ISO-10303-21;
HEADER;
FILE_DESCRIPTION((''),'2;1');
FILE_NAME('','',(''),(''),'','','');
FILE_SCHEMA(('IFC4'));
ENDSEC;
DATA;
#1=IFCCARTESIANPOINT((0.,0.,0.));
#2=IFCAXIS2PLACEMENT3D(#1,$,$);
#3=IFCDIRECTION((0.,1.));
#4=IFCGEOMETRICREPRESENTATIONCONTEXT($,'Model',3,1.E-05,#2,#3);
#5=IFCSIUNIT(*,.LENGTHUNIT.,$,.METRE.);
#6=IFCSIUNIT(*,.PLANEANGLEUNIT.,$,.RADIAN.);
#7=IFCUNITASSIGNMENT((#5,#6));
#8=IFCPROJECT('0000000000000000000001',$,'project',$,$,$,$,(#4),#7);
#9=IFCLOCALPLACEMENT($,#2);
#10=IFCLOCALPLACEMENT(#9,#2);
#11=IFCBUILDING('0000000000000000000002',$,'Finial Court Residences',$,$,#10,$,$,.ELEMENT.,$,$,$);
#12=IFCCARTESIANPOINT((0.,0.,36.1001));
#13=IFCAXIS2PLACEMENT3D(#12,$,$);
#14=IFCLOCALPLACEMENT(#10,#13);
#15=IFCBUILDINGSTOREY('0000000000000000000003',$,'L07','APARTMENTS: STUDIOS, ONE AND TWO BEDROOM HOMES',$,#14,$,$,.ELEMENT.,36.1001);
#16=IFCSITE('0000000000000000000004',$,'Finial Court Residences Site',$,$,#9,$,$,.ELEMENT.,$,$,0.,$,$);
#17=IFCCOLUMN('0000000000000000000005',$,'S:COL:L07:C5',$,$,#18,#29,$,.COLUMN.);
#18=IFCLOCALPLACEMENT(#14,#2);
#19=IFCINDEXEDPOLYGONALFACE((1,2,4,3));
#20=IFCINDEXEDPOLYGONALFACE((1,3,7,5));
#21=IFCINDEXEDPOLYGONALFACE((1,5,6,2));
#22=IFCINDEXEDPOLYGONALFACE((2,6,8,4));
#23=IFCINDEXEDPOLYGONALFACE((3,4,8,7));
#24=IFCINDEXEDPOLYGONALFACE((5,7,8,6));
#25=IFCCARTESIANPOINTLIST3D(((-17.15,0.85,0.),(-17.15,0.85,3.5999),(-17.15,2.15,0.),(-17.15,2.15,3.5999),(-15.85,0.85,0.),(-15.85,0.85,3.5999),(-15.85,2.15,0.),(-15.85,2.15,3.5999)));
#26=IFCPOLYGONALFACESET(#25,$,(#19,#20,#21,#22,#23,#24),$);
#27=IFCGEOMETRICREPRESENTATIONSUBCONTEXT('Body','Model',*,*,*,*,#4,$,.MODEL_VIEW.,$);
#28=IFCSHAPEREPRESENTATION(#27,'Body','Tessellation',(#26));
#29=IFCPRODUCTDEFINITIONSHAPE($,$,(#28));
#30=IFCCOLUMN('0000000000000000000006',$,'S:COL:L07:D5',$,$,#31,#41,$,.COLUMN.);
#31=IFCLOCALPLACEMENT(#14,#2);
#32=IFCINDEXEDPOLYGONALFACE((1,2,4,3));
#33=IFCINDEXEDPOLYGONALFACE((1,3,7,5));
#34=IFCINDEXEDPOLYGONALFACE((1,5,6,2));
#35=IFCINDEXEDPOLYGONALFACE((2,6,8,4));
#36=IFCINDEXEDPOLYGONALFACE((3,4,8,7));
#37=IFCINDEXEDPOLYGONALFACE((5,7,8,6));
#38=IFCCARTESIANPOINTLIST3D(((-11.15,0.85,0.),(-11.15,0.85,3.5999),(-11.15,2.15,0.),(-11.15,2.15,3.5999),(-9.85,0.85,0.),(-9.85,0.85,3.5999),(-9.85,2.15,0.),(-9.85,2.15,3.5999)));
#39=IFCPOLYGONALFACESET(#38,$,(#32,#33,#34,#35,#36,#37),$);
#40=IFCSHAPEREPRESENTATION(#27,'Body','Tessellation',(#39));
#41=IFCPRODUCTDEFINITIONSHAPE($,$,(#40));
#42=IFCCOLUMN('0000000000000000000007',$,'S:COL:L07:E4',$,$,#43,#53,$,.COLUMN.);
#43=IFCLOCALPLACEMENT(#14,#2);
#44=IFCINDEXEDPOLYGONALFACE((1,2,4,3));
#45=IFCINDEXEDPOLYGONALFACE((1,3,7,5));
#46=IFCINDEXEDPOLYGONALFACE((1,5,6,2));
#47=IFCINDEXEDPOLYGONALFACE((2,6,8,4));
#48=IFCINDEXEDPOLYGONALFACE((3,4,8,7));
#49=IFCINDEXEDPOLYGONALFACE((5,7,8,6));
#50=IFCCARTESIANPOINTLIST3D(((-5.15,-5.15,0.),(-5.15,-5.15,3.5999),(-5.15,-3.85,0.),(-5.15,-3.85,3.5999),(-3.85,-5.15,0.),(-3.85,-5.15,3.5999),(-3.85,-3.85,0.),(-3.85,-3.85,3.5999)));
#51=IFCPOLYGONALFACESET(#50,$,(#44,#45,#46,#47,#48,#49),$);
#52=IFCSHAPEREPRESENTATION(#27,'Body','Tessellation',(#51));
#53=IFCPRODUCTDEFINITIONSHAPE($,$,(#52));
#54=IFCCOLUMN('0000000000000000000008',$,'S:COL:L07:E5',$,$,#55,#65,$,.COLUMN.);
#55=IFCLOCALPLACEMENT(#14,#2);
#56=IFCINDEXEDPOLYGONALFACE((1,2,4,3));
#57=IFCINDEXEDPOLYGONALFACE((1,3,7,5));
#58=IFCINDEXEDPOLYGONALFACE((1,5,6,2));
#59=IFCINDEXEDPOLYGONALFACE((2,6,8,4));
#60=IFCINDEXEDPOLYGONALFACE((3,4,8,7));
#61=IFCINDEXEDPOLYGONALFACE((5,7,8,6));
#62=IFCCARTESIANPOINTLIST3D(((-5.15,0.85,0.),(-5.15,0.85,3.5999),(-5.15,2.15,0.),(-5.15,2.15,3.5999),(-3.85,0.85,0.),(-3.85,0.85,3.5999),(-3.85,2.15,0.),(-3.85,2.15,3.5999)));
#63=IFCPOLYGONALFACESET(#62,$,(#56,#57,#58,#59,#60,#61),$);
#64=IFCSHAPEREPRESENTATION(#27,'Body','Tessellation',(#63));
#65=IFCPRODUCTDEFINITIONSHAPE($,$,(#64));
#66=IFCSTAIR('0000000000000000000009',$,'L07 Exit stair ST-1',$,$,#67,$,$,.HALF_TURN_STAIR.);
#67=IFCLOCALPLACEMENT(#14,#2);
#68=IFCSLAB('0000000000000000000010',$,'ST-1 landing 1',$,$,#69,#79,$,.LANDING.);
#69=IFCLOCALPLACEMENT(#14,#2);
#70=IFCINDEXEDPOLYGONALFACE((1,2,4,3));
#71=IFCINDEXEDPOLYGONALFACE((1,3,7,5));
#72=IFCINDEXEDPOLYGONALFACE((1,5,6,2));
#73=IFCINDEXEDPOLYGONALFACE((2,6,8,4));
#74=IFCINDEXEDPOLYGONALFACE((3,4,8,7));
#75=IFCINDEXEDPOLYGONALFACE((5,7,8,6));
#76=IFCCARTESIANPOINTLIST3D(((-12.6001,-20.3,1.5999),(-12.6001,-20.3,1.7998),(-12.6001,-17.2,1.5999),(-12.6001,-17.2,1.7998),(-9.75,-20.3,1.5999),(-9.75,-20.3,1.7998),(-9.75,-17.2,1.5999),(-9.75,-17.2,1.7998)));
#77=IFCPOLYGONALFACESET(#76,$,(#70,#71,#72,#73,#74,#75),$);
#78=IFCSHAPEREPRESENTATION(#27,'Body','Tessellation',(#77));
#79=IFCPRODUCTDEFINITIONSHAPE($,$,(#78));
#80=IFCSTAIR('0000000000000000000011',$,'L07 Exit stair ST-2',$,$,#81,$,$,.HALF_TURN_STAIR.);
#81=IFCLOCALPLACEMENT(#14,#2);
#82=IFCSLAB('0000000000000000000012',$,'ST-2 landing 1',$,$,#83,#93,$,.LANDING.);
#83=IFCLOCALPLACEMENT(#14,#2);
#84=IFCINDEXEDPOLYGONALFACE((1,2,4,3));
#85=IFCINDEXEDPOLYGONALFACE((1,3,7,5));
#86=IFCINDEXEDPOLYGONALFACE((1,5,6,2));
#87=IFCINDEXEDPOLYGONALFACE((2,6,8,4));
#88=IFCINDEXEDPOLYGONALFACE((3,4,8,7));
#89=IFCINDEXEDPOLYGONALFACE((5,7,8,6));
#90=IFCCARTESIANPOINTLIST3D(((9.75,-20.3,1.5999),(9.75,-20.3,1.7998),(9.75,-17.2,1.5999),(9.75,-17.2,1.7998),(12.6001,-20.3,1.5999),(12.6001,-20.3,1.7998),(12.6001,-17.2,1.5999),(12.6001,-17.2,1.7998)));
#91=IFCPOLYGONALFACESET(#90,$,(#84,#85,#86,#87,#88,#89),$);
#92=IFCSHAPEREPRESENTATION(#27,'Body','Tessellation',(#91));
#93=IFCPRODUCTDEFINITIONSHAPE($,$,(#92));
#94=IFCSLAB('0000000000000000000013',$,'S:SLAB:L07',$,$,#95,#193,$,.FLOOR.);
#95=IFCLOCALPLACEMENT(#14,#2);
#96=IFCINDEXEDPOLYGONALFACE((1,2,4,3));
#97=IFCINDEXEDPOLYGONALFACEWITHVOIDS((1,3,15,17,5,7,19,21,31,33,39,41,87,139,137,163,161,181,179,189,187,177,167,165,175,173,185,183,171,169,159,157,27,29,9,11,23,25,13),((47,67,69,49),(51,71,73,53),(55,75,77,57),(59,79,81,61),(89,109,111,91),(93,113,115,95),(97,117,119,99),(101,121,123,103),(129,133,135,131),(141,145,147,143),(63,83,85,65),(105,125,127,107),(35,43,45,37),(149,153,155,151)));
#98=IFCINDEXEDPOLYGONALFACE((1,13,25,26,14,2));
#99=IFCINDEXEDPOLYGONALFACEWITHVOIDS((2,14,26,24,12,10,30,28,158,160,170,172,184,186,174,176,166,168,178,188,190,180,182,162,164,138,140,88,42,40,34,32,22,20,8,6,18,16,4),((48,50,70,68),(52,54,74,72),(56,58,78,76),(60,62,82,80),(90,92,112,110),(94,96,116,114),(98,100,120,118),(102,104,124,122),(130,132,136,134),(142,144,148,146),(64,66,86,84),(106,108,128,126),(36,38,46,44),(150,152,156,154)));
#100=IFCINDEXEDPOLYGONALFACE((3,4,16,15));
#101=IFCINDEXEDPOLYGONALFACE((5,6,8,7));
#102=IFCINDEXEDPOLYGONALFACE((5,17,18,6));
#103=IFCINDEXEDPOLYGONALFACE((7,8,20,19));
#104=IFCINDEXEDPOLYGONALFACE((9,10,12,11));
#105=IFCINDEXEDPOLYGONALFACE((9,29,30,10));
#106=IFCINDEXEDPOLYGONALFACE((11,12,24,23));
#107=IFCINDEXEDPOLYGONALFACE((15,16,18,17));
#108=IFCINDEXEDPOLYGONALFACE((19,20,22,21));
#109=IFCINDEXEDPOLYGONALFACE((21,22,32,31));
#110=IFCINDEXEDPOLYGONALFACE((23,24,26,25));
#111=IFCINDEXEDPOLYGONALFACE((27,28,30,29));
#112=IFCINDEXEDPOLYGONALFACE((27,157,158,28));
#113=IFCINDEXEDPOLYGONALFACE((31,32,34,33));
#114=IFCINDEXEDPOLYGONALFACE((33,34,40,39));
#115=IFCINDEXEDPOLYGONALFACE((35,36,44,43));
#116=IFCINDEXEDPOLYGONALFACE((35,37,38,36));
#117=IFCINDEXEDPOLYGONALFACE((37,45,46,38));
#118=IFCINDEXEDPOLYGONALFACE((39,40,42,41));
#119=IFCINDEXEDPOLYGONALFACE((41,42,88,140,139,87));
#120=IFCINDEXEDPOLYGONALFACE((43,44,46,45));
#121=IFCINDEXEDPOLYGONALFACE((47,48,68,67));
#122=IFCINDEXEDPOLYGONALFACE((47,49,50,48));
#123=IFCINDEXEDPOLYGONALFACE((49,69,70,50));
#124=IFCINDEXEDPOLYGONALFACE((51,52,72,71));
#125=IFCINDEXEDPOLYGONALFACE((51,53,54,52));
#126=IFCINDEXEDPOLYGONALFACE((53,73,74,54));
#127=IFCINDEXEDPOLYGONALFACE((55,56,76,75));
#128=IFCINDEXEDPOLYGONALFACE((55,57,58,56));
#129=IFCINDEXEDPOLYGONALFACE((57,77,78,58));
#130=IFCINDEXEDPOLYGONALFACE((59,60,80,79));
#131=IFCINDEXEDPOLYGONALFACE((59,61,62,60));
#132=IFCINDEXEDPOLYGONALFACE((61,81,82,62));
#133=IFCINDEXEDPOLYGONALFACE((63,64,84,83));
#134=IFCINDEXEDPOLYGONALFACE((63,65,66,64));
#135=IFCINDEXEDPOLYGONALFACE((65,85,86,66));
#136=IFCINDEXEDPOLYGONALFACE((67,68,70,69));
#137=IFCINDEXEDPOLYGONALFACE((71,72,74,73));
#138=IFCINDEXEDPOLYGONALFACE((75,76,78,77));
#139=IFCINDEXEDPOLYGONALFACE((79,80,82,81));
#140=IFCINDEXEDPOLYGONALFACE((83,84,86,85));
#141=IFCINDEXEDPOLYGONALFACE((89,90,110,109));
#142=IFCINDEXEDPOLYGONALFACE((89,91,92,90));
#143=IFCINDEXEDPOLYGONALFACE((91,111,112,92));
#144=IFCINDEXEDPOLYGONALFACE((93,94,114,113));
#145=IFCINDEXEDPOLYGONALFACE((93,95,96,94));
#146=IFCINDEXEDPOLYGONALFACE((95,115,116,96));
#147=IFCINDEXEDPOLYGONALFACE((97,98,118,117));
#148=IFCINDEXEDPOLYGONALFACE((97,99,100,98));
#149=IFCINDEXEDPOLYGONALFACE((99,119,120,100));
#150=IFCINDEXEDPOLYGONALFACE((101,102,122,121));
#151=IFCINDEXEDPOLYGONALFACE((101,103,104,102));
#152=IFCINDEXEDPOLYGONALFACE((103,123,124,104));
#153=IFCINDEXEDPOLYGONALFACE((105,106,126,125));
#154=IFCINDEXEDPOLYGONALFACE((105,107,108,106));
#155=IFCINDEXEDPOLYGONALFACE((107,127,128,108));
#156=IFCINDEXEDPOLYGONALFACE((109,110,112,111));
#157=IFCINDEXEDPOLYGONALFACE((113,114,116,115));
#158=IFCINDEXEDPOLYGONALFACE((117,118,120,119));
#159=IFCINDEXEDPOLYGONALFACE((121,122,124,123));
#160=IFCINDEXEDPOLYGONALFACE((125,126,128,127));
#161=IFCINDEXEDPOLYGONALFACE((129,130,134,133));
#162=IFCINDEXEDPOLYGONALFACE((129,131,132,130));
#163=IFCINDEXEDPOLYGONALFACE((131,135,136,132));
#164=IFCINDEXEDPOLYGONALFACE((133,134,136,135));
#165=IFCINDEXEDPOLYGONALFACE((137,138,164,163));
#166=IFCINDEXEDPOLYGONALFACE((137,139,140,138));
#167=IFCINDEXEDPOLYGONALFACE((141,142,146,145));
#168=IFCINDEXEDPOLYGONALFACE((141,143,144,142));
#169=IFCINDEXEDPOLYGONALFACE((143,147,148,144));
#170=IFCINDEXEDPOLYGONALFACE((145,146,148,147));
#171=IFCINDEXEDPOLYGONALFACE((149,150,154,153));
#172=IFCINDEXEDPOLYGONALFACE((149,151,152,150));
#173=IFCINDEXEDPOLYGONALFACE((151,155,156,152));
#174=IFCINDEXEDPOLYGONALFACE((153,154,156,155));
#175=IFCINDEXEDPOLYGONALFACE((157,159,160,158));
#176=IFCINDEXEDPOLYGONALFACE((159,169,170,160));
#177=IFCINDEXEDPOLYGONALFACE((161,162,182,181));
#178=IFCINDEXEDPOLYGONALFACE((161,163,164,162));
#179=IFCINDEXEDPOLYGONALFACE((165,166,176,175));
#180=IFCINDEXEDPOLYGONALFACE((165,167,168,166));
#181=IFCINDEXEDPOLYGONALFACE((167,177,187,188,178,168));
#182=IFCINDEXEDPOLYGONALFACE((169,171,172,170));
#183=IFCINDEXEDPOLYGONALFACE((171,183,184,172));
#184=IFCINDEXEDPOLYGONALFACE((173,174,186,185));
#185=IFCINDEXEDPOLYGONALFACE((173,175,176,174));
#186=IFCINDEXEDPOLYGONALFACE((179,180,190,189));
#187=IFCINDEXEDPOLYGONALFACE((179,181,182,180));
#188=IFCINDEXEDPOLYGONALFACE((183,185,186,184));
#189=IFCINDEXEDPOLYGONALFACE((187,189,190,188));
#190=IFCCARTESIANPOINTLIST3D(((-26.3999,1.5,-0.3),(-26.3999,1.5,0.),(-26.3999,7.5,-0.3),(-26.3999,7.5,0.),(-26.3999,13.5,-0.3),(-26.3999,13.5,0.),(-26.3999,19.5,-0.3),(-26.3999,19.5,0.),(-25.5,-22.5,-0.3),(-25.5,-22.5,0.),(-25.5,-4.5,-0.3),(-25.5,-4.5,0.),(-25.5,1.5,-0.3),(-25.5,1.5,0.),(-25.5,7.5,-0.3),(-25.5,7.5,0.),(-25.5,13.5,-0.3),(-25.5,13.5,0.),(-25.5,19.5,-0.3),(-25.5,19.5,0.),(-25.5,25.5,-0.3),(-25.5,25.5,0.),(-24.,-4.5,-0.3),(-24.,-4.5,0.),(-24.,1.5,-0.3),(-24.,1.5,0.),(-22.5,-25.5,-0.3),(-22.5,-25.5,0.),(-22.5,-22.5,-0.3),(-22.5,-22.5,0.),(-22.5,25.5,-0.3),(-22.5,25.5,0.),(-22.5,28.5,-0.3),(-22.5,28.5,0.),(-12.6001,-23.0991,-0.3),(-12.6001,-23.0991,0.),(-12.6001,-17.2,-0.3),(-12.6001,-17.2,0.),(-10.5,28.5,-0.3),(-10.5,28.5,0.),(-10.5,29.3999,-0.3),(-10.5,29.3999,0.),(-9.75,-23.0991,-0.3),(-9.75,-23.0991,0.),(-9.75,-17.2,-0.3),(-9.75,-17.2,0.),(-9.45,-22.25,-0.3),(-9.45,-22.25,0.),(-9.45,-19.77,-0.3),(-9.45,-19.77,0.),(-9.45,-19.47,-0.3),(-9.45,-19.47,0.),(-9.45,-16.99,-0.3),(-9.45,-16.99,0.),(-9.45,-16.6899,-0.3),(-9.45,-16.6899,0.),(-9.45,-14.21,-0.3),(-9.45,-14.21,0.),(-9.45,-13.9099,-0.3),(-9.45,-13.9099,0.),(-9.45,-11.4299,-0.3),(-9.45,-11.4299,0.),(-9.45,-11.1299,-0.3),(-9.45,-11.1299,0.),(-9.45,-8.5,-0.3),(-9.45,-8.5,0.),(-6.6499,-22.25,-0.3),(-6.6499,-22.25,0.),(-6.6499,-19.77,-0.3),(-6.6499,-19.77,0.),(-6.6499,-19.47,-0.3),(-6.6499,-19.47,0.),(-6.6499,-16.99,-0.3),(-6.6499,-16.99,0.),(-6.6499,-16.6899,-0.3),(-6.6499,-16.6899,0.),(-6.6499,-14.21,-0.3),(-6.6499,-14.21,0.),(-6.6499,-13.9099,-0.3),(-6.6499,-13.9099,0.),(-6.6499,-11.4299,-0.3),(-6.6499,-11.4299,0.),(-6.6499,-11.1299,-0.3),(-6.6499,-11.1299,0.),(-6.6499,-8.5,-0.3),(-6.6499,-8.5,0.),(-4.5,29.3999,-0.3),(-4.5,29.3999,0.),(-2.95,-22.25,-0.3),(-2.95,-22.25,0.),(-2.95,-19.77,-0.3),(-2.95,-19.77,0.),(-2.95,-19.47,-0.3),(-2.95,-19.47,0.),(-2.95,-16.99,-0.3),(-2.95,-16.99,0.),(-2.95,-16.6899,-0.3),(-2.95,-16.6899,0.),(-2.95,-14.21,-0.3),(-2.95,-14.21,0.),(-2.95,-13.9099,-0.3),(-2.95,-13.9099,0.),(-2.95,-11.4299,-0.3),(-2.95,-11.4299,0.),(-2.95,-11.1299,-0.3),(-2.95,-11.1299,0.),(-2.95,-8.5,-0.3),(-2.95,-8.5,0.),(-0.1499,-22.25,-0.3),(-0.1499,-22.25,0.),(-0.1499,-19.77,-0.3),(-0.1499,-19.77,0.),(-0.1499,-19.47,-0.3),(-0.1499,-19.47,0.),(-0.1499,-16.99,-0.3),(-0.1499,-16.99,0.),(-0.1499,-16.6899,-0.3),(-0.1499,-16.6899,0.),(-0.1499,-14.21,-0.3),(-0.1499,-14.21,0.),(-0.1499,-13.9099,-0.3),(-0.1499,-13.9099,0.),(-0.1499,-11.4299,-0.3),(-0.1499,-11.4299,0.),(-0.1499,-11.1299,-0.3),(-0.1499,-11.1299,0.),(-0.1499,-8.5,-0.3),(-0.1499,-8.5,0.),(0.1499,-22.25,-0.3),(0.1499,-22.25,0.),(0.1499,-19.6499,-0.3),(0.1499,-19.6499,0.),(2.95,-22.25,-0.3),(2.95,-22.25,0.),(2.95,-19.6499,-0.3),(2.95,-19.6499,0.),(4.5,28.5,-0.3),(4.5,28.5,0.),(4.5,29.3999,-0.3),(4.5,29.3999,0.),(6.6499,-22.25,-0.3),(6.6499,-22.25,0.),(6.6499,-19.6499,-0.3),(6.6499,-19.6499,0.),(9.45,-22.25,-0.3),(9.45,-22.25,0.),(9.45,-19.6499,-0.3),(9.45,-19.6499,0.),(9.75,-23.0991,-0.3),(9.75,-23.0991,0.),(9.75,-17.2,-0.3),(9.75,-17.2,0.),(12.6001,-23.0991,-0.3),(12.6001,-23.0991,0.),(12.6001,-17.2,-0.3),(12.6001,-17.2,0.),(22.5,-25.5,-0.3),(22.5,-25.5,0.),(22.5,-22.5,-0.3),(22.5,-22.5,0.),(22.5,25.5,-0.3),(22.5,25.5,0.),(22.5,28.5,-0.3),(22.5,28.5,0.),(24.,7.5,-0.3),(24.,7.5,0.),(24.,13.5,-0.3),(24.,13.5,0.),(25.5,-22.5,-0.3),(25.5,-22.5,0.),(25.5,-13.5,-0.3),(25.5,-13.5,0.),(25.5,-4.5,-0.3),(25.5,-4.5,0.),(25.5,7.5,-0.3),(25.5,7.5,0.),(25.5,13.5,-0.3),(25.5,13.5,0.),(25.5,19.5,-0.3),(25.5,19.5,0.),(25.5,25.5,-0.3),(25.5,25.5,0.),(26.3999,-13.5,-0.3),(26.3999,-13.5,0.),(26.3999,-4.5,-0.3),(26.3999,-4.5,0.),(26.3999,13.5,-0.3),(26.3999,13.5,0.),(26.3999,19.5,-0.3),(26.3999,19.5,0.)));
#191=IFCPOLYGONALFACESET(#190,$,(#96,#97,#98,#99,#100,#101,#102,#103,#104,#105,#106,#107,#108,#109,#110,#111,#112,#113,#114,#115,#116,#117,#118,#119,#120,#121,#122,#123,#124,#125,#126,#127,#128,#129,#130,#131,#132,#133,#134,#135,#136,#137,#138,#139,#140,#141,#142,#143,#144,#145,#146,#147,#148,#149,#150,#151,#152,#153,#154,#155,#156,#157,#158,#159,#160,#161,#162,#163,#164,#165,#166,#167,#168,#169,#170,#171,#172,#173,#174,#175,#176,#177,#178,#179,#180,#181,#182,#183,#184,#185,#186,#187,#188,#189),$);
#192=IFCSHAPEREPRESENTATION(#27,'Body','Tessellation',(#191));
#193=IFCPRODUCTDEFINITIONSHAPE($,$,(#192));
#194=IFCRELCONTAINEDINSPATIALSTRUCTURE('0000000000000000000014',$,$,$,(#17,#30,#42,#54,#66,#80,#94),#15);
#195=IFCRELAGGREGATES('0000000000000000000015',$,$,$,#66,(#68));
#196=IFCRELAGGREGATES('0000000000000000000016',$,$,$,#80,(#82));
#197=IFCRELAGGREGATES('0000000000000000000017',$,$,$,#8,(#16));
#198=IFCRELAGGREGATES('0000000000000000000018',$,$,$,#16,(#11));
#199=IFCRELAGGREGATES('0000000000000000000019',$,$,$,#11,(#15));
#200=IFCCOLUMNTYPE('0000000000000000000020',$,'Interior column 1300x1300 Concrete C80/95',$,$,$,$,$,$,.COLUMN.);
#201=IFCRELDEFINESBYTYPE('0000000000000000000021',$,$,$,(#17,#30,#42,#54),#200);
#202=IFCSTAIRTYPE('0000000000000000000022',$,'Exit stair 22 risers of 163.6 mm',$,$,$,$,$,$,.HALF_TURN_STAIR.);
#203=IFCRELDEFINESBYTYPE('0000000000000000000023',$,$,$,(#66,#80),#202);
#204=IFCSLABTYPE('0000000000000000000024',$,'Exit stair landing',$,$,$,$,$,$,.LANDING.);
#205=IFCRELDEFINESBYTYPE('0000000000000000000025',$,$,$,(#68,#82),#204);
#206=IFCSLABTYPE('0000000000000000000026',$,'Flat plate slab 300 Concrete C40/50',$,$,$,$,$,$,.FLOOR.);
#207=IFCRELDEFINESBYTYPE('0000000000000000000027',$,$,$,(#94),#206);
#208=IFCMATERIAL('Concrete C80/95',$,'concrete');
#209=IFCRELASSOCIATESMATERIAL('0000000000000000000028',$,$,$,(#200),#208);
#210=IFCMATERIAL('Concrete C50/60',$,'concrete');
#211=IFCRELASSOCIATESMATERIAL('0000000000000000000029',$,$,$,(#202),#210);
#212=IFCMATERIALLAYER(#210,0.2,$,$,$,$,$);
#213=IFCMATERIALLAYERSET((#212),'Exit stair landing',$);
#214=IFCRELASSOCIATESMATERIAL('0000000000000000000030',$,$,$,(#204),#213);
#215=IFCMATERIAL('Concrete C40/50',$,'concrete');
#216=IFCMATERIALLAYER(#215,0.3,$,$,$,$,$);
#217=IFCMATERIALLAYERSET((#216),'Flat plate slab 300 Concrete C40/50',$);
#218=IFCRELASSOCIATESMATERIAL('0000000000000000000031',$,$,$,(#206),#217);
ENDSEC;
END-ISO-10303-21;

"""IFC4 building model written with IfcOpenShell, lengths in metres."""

from ifc_helpers import new_model, si_unit, direction, frame, origin, origin_2d, place, context, subcontext, project, spatial, polyline, rectangle, outline, extrude, material, layer, layer_set, material_profile, profile_set, type_object, element, aggregate, save


model = new_model("IFC4")

# Units and contexts
model_context = context("Model", 3, precision=1e-05, world=origin(), true_north=direction((0.0, 1.0)))
body_context = subcontext(model_context, "Body", "Model", "MODEL_VIEW")
ifc_project = project(units=[si_unit("LENGTHUNIT", "METRE"), si_unit("PLANEANGLEUNIT", "RADIAN")], contexts=[model_context])

# Site, building, storey
site_placement = place(None, origin())
site = spatial("IfcSite", under=ifc_project, at=site_placement, Name="Finial Court Residences Site", CompositionType="ELEMENT", RefElevation=0.0)
building_placement = place(site_placement, origin())
building = spatial("IfcBuilding", under=site, at=building_placement, Name="Finial Court Residences", CompositionType="ELEMENT")
storey_placement = place(building_placement, frame((0.0, 0.0, 36.1001)))
storey = spatial("IfcBuildingStorey", under=building, at=storey_placement, Name="L07", Description="APARTMENTS: STUDIOS, ONE AND TWO BEDROOM HOMES", CompositionType="ELEMENT", Elevation=36.1001)

# Columns
ifc_material_1 = material(Name="Concrete C80/95", Category="concrete")
ifc_material_profile = material_profile(ifc_material_1, rectangle(XDim=1.3, YDim=1.3, at=origin_2d()), Name="1300x1300")
ifc_profile_set = profile_set([ifc_material_profile], Name="Concrete C80/95")
column_type = type_object("IfcColumnType", Name="Interior column 1300x1300 Concrete C80/95", PredefinedType="COLUMN", material=ifc_profile_set)
for number, where, z_axis, x_axis, name in (
    (1, (-16.5, 1.5, 0.0), (0.0, 0.0, 1.0), (1.0, 0.0, 0.0), "S:COL:L07:C5"),
    (2, (-10.5, 1.5, 0.0), (0.0, 0.0, 1.0), (1.0, 0.0, 0.0), "S:COL:L07:D5"),
    (3, (-4.5, -4.5, 0.0), (0.0, 0.0, 1.0), (1.0, 0.0, 0.0), "S:COL:L07:E4"),
    (4, (-4.5, 1.5, 0.0), (0.0, 0.0, 1.0), (1.0, 0.0, 0.0), "S:COL:L07:E5"),
):
    element("IfcColumn", number, at=place(storey_placement, frame(where, z_axis=z_axis, x_axis=x_axis)), inside=storey, type_object=column_type, Name=name, PredefinedType="COLUMN", context=body_context, shape_type="SweptSolid", body=[
        extrude(rectangle(XDim=1.3, YDim=1.3, at=origin_2d()), origin(), (0.0, 0.0, 1.0), 3.5999),
    ])

# Stairs, slabs
ifc_material_2 = material(Name="Concrete C50/60", Category="concrete")
stair_type = type_object("IfcStairType", Name="Exit stair 22 risers of 163.6 mm", PredefinedType="HALF_TURN_STAIR", material=ifc_material_2)
stair_1_placement = place(storey_placement, origin())
stair_1 = element("IfcStair", 5, at=stair_1_placement, inside=storey, type_object=stair_type, Name="L07 Exit stair ST-1", PredefinedType="HALF_TURN_STAIR")
ifc_layer_1 = layer(ifc_material_2, 0.2)
ifc_layer_set_1 = layer_set([ifc_layer_1], Name="Exit stair landing")
slab_type_1 = type_object("IfcSlabType", Name="Exit stair landing", PredefinedType="LANDING", material=ifc_layer_set_1)
slab_1_placement = place(storey_placement, frame((0.0, 0.0, 1.5999)))
slab_1 = element("IfcSlab", 6, at=slab_1_placement, type_object=slab_type_1, Name="ST-1 landing 1", PredefinedType="LANDING", context=body_context, shape_type="SweptSolid", body=[
    extrude(outline(polyline([(-9.75, -20.3), (-9.75, -17.2), (-12.6001, -17.2), (-12.6001, -20.3), (-9.75, -20.3)])), origin(), (0.0, 0.0, 1.0), 0.2),
])
aggregate(stair_1, [slab_1])
stair_2_placement = place(storey_placement, origin())
stair_2 = element("IfcStair", 7, at=stair_2_placement, inside=storey, type_object=stair_type, Name="L07 Exit stair ST-2", PredefinedType="HALF_TURN_STAIR")
slab_2_placement = place(storey_placement, frame((0.0, 0.0, 1.5999)))
slab_2 = element("IfcSlab", 8, at=slab_2_placement, type_object=slab_type_1, Name="ST-2 landing 1", PredefinedType="LANDING", context=body_context, shape_type="SweptSolid", body=[
    extrude(outline(polyline([(12.6001, -20.3), (12.6001, -17.2), (9.75, -17.2), (9.75, -20.3), (12.6001, -20.3)])), origin(), (0.0, 0.0, 1.0), 0.2),
])
aggregate(stair_2, [slab_2])

# Slab
ifc_material_3 = material(Name="Concrete C40/50", Category="concrete")
ifc_layer_2 = layer(ifc_material_3, 0.3)
ifc_layer_set_2 = layer_set([ifc_layer_2], Name="Flat plate slab 300 Concrete C40/50")
slab_type_2 = type_object("IfcSlabType", Name="Flat plate slab 300 Concrete C40/50", PredefinedType="FLOOR", material=ifc_layer_set_2)
slab_3_placement = place(storey_placement, frame((0.0, 0.0, -0.3)))
element("IfcSlab", 9, at=slab_3_placement, inside=storey, type_object=slab_type_2, Name="S:SLAB:L07", PredefinedType="FLOOR", context=body_context, shape_type="SweptSolid", body=[
    extrude(outline(polyline([(-22.5, -25.5), (-22.5, -22.5), (-25.5, -22.5), (-25.5, -4.5), (-24.0, -4.5), (-24.0, 1.5), (-25.5, 1.5), (-26.3999, 1.5), (-26.3999, 7.5), (-25.5, 7.5), (-25.5, 13.5), (-26.3999, 13.5), (-26.3999, 19.5), (-25.5, 19.5), (-25.5, 25.5), (-22.5, 25.5), (-22.5, 28.5), (-10.5, 28.5), (-10.5, 29.3999), (-4.5, 29.3999), (4.5, 29.3999), (4.5, 28.5), (22.5, 28.5), (22.5, 25.5), (25.5, 25.5), (25.5, 19.5), (26.3999, 19.5), (26.3999, 13.5), (25.5, 13.5), (24.0, 13.5), (24.0, 7.5), (25.5, 7.5), (25.5, -4.5), (26.3999, -4.5), (26.3999, -13.5), (25.5, -13.5), (25.5, -22.5), (22.5, -22.5), (22.5, -25.5), (-22.5, -25.5)]), holes=[polyline([(-6.6499, -19.77), (-9.45, -19.77), (-9.45, -22.25), (-6.6499, -22.25), (-6.6499, -19.77)]), polyline([(-9.75, -17.2), (-12.6001, -17.2), (-12.6001, -23.0991), (-9.75, -23.0991), (-9.75, -17.2)]), polyline([(-6.6499, -19.47), (-6.6499, -16.99), (-9.45, -16.99), (-9.45, -19.47), (-6.6499, -19.47)]), polyline([(-6.6499, -16.6899), (-6.6499, -14.21), (-9.45, -14.21), (-9.45, -16.6899), (-6.6499, -16.6899)]), polyline([(-6.6499, -13.9099), (-6.6499, -11.4299), (-9.45, -11.4299), (-9.45, -13.9099), (-6.6499, -13.9099)]), polyline([(-6.6499, -11.1299), (-6.6499, -8.5), (-9.45, -8.5), (-9.45, -11.1299), (-6.6499, -11.1299)]), polyline([(-0.1499, -11.1299), (-0.1499, -8.5), (-2.95, -8.5), (-2.95, -11.1299), (-0.1499, -11.1299)]), polyline([(-0.1499, -19.77), (-2.95, -19.77), (-2.95, -22.25), (-0.1499, -22.25), (-0.1499, -19.77)]), polyline([(2.95, -22.25), (2.95, -19.6499), (0.1499, -19.6499), (0.1499, -22.25), (2.95, -22.25)]), polyline([(9.45, -22.25), (9.45, -19.6499), (6.6499, -19.6499), (6.6499, -22.25), (9.45, -22.25)]), polyline([(12.6001, -17.2), (9.75, -17.2), (9.75, -23.0991), (12.6001, -23.0991), (12.6001, -17.2)]), polyline([(-0.1499, -19.47), (-0.1499, -16.99), (-2.95, -16.99), (-2.95, -19.47), (-0.1499, -19.47)]), polyline([(-0.1499, -16.6899), (-0.1499, -14.21), (-2.95, -14.21), (-2.95, -16.6899), (-0.1499, -16.6899)]), polyline([(-0.1499, -13.9099), (-0.1499, -11.4299), (-2.95, -11.4299), (-2.95, -13.9099), (-0.1499, -13.9099)])]), origin(), (0.0, 0.0, 1.0), 0.3),
])

save(model, "model.ifc")
